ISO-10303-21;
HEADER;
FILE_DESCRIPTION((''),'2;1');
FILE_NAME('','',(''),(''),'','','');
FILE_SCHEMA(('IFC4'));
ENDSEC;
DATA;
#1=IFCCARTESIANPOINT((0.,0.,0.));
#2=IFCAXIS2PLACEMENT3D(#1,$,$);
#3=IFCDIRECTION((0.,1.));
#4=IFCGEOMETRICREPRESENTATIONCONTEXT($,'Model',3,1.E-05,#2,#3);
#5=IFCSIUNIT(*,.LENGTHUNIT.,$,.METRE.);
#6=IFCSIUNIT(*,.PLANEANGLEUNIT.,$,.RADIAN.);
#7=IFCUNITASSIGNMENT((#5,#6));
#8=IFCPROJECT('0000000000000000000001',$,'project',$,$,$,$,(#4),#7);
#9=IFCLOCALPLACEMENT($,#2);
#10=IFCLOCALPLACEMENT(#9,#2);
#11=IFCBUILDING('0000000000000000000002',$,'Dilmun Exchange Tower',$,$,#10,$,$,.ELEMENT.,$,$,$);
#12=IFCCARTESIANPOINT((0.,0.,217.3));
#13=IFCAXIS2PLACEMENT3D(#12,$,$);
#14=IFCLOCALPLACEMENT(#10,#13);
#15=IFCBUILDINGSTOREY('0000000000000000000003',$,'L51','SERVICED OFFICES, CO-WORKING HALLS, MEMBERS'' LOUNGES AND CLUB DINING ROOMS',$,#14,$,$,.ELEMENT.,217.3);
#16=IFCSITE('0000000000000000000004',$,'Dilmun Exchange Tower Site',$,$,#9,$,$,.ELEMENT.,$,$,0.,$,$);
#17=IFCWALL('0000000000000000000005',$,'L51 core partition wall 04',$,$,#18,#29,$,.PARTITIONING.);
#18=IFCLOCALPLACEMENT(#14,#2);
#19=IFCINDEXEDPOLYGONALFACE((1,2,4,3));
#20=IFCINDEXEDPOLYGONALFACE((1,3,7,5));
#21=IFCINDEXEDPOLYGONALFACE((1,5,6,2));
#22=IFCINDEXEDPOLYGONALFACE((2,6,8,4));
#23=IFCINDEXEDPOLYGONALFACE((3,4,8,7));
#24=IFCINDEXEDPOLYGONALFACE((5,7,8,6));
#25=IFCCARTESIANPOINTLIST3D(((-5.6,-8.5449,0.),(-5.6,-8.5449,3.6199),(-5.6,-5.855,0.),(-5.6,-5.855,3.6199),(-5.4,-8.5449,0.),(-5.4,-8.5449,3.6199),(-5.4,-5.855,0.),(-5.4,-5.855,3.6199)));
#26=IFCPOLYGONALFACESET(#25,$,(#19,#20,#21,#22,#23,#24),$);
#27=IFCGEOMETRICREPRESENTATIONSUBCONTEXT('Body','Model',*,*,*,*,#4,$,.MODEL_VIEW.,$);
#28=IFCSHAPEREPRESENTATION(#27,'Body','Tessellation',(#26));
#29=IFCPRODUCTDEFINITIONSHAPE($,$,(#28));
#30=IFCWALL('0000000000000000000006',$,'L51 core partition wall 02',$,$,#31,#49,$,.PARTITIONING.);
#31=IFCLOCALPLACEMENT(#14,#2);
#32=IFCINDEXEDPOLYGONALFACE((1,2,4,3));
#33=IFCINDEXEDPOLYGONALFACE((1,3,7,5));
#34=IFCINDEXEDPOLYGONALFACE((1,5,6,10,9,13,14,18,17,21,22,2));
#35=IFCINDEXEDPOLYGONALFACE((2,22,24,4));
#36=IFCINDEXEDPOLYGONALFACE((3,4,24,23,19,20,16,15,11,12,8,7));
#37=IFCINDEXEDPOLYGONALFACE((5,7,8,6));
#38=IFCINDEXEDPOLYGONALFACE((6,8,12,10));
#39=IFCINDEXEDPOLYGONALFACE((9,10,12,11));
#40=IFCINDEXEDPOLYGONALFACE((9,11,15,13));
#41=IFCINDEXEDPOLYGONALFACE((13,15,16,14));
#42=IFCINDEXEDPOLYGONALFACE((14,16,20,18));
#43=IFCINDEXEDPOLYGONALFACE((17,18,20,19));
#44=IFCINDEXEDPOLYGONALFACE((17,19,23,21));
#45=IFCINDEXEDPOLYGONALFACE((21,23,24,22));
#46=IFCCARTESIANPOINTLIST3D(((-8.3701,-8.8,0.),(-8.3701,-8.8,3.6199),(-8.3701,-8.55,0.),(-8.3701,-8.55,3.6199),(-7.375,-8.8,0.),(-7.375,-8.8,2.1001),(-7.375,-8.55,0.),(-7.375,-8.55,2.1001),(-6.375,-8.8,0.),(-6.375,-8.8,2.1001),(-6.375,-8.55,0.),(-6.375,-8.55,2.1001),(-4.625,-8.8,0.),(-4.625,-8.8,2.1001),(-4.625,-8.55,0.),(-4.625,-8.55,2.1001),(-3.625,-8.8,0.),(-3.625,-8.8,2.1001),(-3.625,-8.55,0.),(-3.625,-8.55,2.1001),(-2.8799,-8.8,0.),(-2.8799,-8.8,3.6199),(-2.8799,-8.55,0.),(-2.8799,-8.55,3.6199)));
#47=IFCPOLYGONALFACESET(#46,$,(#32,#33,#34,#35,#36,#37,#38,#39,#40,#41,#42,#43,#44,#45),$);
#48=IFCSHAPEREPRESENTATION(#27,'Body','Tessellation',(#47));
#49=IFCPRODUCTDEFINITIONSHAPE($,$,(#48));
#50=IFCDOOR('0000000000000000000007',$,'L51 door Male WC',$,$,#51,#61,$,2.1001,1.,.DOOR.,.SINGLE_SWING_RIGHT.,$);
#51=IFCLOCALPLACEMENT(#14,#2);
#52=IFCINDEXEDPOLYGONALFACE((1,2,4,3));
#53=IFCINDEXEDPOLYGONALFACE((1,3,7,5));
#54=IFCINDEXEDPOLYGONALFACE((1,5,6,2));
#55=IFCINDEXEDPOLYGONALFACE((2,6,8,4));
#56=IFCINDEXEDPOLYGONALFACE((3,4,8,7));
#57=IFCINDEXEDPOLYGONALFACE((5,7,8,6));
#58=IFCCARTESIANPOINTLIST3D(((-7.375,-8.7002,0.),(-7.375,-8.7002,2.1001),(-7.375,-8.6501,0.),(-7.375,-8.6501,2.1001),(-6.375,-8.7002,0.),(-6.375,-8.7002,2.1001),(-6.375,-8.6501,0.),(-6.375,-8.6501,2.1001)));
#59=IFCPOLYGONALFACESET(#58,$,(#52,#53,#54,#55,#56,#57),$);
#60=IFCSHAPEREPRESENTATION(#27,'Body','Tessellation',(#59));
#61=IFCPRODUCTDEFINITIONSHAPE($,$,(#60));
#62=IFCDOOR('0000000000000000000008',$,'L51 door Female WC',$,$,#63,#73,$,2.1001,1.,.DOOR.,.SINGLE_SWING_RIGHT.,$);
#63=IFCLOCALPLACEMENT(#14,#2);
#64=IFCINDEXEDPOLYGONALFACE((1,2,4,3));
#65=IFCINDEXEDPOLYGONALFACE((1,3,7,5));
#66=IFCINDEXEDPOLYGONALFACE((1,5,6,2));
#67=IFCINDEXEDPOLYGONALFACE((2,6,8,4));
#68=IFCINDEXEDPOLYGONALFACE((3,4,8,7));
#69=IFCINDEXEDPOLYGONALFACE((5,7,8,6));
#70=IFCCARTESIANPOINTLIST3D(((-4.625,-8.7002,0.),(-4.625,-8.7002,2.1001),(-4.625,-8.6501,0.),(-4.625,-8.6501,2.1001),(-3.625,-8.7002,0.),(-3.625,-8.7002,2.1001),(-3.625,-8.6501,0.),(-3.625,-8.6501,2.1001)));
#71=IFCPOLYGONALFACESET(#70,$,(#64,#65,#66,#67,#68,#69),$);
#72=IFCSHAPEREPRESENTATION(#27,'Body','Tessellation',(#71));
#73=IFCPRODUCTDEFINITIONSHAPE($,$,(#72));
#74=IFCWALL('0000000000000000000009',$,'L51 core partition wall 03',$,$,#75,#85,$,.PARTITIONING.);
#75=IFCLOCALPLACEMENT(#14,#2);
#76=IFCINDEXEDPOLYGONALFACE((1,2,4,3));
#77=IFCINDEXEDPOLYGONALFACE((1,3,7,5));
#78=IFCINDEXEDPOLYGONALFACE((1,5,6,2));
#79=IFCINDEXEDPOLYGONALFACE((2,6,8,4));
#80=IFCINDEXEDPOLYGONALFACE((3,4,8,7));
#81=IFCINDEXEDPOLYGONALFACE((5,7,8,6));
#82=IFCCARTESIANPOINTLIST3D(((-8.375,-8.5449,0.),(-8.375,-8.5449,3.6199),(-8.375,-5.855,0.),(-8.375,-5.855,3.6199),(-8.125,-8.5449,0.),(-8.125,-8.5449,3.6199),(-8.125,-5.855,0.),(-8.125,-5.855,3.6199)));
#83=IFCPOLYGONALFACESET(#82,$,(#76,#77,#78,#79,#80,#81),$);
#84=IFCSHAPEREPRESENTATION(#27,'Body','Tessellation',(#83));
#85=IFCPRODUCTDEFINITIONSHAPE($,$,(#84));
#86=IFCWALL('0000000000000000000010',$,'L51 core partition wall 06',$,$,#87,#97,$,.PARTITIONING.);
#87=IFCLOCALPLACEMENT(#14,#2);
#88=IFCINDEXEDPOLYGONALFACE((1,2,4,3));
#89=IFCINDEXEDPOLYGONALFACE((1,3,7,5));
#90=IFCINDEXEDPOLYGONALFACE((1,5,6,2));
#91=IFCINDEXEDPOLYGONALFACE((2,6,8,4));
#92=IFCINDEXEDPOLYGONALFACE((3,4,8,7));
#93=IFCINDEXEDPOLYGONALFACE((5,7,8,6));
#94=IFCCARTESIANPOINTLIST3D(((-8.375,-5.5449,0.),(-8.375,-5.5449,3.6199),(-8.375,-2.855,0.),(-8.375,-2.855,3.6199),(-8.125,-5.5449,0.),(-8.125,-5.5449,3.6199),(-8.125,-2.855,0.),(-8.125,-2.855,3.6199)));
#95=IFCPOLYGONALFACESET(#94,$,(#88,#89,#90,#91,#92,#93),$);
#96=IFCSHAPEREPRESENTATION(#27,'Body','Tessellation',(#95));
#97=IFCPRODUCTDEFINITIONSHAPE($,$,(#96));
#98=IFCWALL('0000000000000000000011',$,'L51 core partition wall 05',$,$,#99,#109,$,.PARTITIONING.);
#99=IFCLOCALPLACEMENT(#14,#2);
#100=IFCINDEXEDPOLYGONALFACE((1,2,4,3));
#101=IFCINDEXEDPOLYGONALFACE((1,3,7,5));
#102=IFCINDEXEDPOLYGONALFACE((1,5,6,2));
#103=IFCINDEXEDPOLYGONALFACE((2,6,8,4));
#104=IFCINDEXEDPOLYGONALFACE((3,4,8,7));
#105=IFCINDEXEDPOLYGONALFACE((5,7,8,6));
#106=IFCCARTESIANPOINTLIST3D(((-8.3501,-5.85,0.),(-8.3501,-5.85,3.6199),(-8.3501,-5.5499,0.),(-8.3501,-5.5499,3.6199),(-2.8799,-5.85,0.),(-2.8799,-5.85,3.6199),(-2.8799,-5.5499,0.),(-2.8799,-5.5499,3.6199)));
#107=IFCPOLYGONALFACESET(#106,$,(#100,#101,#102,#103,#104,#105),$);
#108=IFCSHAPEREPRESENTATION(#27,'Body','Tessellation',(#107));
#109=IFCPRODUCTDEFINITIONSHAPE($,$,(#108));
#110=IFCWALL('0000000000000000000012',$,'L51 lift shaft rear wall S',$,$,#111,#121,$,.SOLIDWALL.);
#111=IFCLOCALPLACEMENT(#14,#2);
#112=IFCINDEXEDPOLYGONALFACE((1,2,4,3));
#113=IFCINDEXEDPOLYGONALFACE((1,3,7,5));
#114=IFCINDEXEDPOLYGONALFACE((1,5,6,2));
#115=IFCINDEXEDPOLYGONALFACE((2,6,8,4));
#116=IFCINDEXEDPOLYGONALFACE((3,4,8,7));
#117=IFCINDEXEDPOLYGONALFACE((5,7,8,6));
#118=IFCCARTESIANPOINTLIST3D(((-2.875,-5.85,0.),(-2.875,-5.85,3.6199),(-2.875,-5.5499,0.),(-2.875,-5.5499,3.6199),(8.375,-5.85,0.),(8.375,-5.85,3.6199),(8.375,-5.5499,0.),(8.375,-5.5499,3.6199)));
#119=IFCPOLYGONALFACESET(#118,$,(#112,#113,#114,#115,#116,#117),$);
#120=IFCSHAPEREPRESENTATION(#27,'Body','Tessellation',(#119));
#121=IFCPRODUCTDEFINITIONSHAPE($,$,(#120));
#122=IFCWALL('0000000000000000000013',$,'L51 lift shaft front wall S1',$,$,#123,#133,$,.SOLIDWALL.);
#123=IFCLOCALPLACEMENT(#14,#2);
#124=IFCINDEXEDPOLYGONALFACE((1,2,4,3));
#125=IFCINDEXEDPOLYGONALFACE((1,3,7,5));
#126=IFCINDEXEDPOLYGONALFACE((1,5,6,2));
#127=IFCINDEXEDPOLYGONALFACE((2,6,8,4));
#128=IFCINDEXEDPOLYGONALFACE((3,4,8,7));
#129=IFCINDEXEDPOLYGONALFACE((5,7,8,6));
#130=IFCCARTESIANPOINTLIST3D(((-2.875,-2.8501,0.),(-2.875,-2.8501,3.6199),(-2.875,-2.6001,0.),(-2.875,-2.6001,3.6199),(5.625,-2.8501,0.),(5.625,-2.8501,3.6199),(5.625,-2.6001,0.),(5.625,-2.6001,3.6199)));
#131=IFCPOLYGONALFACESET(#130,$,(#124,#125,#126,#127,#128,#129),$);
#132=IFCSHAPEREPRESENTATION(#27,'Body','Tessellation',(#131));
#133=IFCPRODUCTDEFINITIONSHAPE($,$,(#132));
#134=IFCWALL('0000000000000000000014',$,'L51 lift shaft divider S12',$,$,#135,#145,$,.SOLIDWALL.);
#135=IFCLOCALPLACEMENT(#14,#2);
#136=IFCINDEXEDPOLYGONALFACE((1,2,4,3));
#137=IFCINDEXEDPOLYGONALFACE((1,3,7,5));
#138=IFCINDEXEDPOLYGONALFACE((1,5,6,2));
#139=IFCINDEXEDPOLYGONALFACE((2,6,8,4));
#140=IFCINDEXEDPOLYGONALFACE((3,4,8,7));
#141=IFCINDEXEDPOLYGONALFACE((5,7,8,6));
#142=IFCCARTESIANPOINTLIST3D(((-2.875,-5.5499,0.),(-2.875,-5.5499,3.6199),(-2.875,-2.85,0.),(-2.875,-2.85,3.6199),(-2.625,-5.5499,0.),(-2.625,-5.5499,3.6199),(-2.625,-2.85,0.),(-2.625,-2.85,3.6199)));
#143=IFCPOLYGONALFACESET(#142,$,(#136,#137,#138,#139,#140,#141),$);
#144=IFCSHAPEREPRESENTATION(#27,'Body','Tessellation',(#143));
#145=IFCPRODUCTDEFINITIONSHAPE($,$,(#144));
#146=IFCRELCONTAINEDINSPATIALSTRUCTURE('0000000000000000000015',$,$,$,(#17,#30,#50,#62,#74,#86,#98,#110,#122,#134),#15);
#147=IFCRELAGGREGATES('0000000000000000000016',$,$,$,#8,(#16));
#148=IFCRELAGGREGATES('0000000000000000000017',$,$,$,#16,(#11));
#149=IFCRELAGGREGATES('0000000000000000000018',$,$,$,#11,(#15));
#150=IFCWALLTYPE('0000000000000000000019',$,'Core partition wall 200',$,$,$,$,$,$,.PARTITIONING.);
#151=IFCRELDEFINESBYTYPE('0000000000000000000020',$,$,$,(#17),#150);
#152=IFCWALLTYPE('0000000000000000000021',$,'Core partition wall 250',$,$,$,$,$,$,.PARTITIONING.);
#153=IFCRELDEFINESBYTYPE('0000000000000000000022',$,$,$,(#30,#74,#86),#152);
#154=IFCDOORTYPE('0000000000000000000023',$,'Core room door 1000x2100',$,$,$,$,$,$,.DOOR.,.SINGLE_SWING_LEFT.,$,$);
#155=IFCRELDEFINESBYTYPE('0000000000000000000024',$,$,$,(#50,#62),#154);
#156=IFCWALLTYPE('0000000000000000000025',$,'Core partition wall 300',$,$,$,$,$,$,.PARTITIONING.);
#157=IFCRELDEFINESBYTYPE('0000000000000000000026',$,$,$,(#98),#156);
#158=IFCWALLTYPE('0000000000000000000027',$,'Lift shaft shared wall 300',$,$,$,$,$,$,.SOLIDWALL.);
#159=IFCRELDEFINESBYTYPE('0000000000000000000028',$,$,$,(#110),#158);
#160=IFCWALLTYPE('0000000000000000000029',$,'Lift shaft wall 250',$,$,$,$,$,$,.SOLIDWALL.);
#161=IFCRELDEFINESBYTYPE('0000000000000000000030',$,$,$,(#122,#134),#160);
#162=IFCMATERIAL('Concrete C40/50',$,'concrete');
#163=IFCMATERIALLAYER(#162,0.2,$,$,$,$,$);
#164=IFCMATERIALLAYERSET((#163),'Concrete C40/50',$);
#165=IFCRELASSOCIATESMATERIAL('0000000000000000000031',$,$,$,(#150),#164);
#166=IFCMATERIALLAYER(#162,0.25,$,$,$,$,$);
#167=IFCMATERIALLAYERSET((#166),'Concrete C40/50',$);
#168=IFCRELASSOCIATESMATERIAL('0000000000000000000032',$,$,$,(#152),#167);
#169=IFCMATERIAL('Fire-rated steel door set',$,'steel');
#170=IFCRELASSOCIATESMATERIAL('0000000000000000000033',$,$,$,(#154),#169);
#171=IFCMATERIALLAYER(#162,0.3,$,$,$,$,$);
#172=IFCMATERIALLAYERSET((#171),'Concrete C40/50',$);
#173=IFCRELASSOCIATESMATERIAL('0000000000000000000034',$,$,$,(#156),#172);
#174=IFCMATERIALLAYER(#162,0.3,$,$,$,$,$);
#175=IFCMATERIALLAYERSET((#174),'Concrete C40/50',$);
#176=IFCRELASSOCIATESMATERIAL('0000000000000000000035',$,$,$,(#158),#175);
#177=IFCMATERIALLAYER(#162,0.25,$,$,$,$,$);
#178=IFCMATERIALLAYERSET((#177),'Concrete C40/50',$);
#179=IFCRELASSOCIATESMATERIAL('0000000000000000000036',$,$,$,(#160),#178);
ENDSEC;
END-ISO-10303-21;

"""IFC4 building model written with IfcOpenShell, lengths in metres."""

from ifc_helpers import new_model, si_unit, direction, frame, frame_2d, origin, place, context, subcontext, project, spatial, rectangle, extrude, material, layer, layer_set, type_object, element, fill, save


model = new_model("IFC4")

# Units and contexts
model_context = context("Model", 3, precision=1e-05, world=origin(), true_north=direction((0.0, 1.0)))
body_context = subcontext(model_context, "Body", "Model", "MODEL_VIEW")
ifc_project = project(units=[si_unit("LENGTHUNIT", "METRE"), si_unit("PLANEANGLEUNIT", "RADIAN")], contexts=[model_context])

# Site, building, storey
site_placement = place(None, origin())
site = spatial("IfcSite", under=ifc_project, at=site_placement, Name="Dilmun Exchange Tower Site", CompositionType="ELEMENT", RefElevation=0.0)
building_placement = place(site_placement, origin())
building = spatial("IfcBuilding", under=site, at=building_placement, Name="Dilmun Exchange Tower", CompositionType="ELEMENT")
storey_placement = place(building_placement, frame((0.0, 0.0, 217.3)))
storey = spatial("IfcBuildingStorey", under=building, at=storey_placement, Name="L51", Description="SERVICED OFFICES, CO-WORKING HALLS, MEMBERS' LOUNGES AND CLUB DINING ROOMS", CompositionType="ELEMENT", Elevation=217.3)

# Wall
ifc_material_1 = material(Name="Concrete C40/50", Category="concrete")
ifc_layer_1 = layer(ifc_material_1, 0.2)
ifc_layer_set_1 = layer_set([ifc_layer_1], Name="Concrete C40/50")
wall_type_1 = type_object("IfcWallType", Name="Core partition wall 200", PredefinedType="PARTITIONING", material=ifc_layer_set_1)
wall_1_placement = place(storey_placement, frame((-5.5, -8.5449, 0.0), z_axis=(0.0, 0.0, 1.0), x_axis=(0.0, 1.0, 0.0)))
element("IfcWall", 1, at=wall_1_placement, inside=storey, type_object=wall_type_1, Name="L51 core partition wall 04", PredefinedType="PARTITIONING", context=body_context, shape_type="SweptSolid", body=[
    extrude(rectangle(XDim=2.6899, YDim=0.2, at=frame_2d((1.345, 0.0))), origin(), (0.0, 0.0, 1.0), 3.6199),
])

# Wall, openings, doors
ifc_layer_2 = layer(ifc_material_1, 0.25)
ifc_layer_set_2 = layer_set([ifc_layer_2], Name="Concrete C40/50")
wall_type_2 = type_object("IfcWallType", Name="Core partition wall 250", PredefinedType="PARTITIONING", material=ifc_layer_set_2)
wall_2_placement = place(storey_placement, frame((-8.3701, -8.675, 0.0), z_axis=(0.0, 0.0, 1.0), x_axis=(1.0, 0.0, 0.0)))
wall_2 = element("IfcWall", 2, at=wall_2_placement, inside=storey, type_object=wall_type_2, Name="L51 core partition wall 02", PredefinedType="PARTITIONING", context=body_context, shape_type="SweptSolid", body=[
    extrude(rectangle(XDim=5.4902, YDim=0.25, at=frame_2d((2.7451, 0.0))), origin(), (0.0, 0.0, 1.0), 3.6199),
])
opening_1_placement = place(wall_2_placement, frame((0.9951, 0.0, 0.0)))
opening_1 = element("IfcOpeningElement", 3, at=opening_1_placement, cuts=wall_2, PredefinedType="OPENING", context=body_context, shape_type="SweptSolid", body=[
    extrude(rectangle(XDim=1.0, YDim=2.1001, at=frame_2d((0.5, 1.05))), frame((0.0, 0.135, 0.0), z_axis=(0.0, -1.0, 0.0), x_axis=(1.0, 0.0, 0.0)), (0.0, 0.0, 1.0), 0.27),
])
opening_2_placement = place(wall_2_placement, frame((3.7451, 0.0, 0.0)))
opening_2 = element("IfcOpeningElement", 4, at=opening_2_placement, cuts=wall_2, PredefinedType="OPENING", context=body_context, shape_type="SweptSolid", body=[
    extrude(rectangle(XDim=1.0, YDim=2.1001, at=frame_2d((0.5, 1.05))), frame((0.0, 0.135, 0.0), z_axis=(0.0, -1.0, 0.0), x_axis=(1.0, 0.0, 0.0)), (0.0, 0.0, 1.0), 0.27),
])
ifc_material_2 = material(Name="Fire-rated steel door set", Category="steel")
door_type_1 = type_object("IfcDoorType", Name="Core room door 1000x2100", OperationType="SINGLE_SWING_LEFT", PredefinedType="DOOR", material=ifc_material_2)
door_1_placement = place(opening_1_placement, origin())
door_1 = element("IfcDoor", 5, at=door_1_placement, inside=storey, type_object=door_type_1, Name="L51 door Male WC", OperationType="SINGLE_SWING_RIGHT", OverallHeight=2.1001, OverallWidth=1.0, PredefinedType="DOOR", context=body_context, shape_type="SweptSolid", body=[
    extrude(rectangle(XDim=1.0, YDim=2.1001, at=frame_2d((0.5, 1.05))), frame((0.0, 0.0249, 0.0), z_axis=(0.0, -1.0, 0.0), x_axis=(1.0, 0.0, 0.0)), (0.0, 0.0, 1.0), 0.05),
])
fill(opening_1, door_1)
door_2_placement = place(opening_2_placement, origin())
door_2 = element("IfcDoor", 6, at=door_2_placement, inside=storey, type_object=door_type_1, Name="L51 door Female WC", OperationType="SINGLE_SWING_RIGHT", OverallHeight=2.1001, OverallWidth=1.0, PredefinedType="DOOR", context=body_context, shape_type="SweptSolid", body=[
    extrude(rectangle(XDim=1.0, YDim=2.1001, at=frame_2d((0.5, 1.05))), frame((0.0, 0.0249, 0.0), z_axis=(0.0, -1.0, 0.0), x_axis=(1.0, 0.0, 0.0)), (0.0, 0.0, 1.0), 0.05),
])
fill(opening_2, door_2)

# Walls
for number, where, z_axis, x_axis, name in (
    (7, (-8.25, -8.5449, 0.0), (0.0, 0.0, 1.0), (0.0, 1.0, 0.0), "L51 core partition wall 03"),
    (8, (-8.25, -5.5449, 0.0), (0.0, 0.0, 1.0), (0.0, 1.0, 0.0), "L51 core partition wall 06"),
):
    element("IfcWall", number, at=place(storey_placement, frame(where, z_axis=z_axis, x_axis=x_axis)), inside=storey, type_object=wall_type_2, Name=name, PredefinedType="PARTITIONING", context=body_context, shape_type="SweptSolid", body=[
        extrude(rectangle(XDim=2.6899, YDim=0.25, at=frame_2d((1.345, 0.0))), origin(), (0.0, 0.0, 1.0), 3.6199),
    ])
ifc_layer_3 = layer(ifc_material_1, 0.3)
ifc_layer_set_3 = layer_set([ifc_layer_3], Name="Concrete C40/50")
wall_type_3 = type_object("IfcWallType", Name="Core partition wall 300", PredefinedType="PARTITIONING", material=ifc_layer_set_3)
wall_3_placement = place(storey_placement, frame((-8.3501, -5.7, 0.0), z_axis=(0.0, 0.0, 1.0), x_axis=(1.0, 0.0, 0.0)))
element("IfcWall", 9, at=wall_3_placement, inside=storey, type_object=wall_type_3, Name="L51 core partition wall 05", PredefinedType="PARTITIONING", context=body_context, shape_type="SweptSolid", body=[
    extrude(rectangle(XDim=5.4702, YDim=0.3, at=frame_2d((2.7351, 0.0))), origin(), (0.0, 0.0, 1.0), 3.6199),
])
ifc_layer_4 = layer(ifc_material_1, 0.3)
ifc_layer_set_4 = layer_set([ifc_layer_4], Name="Concrete C40/50")
wall_type_4 = type_object("IfcWallType", Name="Lift shaft shared wall 300", PredefinedType="SOLIDWALL", material=ifc_layer_set_4)
wall_4_placement = place(storey_placement, frame((-2.875, -5.7, 0.0), z_axis=(0.0, 0.0, 1.0), x_axis=(1.0, 0.0, 0.0)))
element("IfcWall", 10, at=wall_4_placement, inside=storey, type_object=wall_type_4, Name="L51 lift shaft rear wall S", PredefinedType="SOLIDWALL", context=body_context, shape_type="SweptSolid", body=[
    extrude(rectangle(XDim=11.25, YDim=0.3, at=frame_2d((5.625, 0.0))), origin(), (0.0, 0.0, 1.0), 3.6199),
])
ifc_layer_5 = layer(ifc_material_1, 0.25)
ifc_layer_set_5 = layer_set([ifc_layer_5], Name="Concrete C40/50")
wall_type_5 = type_object("IfcWallType", Name="Lift shaft wall 250", PredefinedType="SOLIDWALL", material=ifc_layer_set_5)
wall_5_placement = place(storey_placement, frame((-2.875, -2.7251, 0.0), z_axis=(0.0, 0.0, 1.0), x_axis=(1.0, 0.0, 0.0)))
element("IfcWall", 11, at=wall_5_placement, inside=storey, type_object=wall_type_5, Name="L51 lift shaft front wall S1", PredefinedType="SOLIDWALL", context=body_context, shape_type="SweptSolid", body=[
    extrude(rectangle(XDim=8.5, YDim=0.25, at=frame_2d((4.25, 0.0))), origin(), (0.0, 0.0, 1.0), 3.6199),
])
wall_6_placement = place(storey_placement, frame((-2.75, -5.55, 0.0), z_axis=(0.0, 0.0, 1.0), x_axis=(0.0, 1.0, 0.0)))
element("IfcWall", 12, at=wall_6_placement, inside=storey, type_object=wall_type_5, Name="L51 lift shaft divider S12", PredefinedType="SOLIDWALL", context=body_context, shape_type="SweptSolid", body=[
    extrude(rectangle(XDim=2.7, YDim=0.25, at=frame_2d((1.3501, 0.0))), origin(), (0.0, 0.0, 1.0), 3.6199),
])

save(model, "model.ifc")
